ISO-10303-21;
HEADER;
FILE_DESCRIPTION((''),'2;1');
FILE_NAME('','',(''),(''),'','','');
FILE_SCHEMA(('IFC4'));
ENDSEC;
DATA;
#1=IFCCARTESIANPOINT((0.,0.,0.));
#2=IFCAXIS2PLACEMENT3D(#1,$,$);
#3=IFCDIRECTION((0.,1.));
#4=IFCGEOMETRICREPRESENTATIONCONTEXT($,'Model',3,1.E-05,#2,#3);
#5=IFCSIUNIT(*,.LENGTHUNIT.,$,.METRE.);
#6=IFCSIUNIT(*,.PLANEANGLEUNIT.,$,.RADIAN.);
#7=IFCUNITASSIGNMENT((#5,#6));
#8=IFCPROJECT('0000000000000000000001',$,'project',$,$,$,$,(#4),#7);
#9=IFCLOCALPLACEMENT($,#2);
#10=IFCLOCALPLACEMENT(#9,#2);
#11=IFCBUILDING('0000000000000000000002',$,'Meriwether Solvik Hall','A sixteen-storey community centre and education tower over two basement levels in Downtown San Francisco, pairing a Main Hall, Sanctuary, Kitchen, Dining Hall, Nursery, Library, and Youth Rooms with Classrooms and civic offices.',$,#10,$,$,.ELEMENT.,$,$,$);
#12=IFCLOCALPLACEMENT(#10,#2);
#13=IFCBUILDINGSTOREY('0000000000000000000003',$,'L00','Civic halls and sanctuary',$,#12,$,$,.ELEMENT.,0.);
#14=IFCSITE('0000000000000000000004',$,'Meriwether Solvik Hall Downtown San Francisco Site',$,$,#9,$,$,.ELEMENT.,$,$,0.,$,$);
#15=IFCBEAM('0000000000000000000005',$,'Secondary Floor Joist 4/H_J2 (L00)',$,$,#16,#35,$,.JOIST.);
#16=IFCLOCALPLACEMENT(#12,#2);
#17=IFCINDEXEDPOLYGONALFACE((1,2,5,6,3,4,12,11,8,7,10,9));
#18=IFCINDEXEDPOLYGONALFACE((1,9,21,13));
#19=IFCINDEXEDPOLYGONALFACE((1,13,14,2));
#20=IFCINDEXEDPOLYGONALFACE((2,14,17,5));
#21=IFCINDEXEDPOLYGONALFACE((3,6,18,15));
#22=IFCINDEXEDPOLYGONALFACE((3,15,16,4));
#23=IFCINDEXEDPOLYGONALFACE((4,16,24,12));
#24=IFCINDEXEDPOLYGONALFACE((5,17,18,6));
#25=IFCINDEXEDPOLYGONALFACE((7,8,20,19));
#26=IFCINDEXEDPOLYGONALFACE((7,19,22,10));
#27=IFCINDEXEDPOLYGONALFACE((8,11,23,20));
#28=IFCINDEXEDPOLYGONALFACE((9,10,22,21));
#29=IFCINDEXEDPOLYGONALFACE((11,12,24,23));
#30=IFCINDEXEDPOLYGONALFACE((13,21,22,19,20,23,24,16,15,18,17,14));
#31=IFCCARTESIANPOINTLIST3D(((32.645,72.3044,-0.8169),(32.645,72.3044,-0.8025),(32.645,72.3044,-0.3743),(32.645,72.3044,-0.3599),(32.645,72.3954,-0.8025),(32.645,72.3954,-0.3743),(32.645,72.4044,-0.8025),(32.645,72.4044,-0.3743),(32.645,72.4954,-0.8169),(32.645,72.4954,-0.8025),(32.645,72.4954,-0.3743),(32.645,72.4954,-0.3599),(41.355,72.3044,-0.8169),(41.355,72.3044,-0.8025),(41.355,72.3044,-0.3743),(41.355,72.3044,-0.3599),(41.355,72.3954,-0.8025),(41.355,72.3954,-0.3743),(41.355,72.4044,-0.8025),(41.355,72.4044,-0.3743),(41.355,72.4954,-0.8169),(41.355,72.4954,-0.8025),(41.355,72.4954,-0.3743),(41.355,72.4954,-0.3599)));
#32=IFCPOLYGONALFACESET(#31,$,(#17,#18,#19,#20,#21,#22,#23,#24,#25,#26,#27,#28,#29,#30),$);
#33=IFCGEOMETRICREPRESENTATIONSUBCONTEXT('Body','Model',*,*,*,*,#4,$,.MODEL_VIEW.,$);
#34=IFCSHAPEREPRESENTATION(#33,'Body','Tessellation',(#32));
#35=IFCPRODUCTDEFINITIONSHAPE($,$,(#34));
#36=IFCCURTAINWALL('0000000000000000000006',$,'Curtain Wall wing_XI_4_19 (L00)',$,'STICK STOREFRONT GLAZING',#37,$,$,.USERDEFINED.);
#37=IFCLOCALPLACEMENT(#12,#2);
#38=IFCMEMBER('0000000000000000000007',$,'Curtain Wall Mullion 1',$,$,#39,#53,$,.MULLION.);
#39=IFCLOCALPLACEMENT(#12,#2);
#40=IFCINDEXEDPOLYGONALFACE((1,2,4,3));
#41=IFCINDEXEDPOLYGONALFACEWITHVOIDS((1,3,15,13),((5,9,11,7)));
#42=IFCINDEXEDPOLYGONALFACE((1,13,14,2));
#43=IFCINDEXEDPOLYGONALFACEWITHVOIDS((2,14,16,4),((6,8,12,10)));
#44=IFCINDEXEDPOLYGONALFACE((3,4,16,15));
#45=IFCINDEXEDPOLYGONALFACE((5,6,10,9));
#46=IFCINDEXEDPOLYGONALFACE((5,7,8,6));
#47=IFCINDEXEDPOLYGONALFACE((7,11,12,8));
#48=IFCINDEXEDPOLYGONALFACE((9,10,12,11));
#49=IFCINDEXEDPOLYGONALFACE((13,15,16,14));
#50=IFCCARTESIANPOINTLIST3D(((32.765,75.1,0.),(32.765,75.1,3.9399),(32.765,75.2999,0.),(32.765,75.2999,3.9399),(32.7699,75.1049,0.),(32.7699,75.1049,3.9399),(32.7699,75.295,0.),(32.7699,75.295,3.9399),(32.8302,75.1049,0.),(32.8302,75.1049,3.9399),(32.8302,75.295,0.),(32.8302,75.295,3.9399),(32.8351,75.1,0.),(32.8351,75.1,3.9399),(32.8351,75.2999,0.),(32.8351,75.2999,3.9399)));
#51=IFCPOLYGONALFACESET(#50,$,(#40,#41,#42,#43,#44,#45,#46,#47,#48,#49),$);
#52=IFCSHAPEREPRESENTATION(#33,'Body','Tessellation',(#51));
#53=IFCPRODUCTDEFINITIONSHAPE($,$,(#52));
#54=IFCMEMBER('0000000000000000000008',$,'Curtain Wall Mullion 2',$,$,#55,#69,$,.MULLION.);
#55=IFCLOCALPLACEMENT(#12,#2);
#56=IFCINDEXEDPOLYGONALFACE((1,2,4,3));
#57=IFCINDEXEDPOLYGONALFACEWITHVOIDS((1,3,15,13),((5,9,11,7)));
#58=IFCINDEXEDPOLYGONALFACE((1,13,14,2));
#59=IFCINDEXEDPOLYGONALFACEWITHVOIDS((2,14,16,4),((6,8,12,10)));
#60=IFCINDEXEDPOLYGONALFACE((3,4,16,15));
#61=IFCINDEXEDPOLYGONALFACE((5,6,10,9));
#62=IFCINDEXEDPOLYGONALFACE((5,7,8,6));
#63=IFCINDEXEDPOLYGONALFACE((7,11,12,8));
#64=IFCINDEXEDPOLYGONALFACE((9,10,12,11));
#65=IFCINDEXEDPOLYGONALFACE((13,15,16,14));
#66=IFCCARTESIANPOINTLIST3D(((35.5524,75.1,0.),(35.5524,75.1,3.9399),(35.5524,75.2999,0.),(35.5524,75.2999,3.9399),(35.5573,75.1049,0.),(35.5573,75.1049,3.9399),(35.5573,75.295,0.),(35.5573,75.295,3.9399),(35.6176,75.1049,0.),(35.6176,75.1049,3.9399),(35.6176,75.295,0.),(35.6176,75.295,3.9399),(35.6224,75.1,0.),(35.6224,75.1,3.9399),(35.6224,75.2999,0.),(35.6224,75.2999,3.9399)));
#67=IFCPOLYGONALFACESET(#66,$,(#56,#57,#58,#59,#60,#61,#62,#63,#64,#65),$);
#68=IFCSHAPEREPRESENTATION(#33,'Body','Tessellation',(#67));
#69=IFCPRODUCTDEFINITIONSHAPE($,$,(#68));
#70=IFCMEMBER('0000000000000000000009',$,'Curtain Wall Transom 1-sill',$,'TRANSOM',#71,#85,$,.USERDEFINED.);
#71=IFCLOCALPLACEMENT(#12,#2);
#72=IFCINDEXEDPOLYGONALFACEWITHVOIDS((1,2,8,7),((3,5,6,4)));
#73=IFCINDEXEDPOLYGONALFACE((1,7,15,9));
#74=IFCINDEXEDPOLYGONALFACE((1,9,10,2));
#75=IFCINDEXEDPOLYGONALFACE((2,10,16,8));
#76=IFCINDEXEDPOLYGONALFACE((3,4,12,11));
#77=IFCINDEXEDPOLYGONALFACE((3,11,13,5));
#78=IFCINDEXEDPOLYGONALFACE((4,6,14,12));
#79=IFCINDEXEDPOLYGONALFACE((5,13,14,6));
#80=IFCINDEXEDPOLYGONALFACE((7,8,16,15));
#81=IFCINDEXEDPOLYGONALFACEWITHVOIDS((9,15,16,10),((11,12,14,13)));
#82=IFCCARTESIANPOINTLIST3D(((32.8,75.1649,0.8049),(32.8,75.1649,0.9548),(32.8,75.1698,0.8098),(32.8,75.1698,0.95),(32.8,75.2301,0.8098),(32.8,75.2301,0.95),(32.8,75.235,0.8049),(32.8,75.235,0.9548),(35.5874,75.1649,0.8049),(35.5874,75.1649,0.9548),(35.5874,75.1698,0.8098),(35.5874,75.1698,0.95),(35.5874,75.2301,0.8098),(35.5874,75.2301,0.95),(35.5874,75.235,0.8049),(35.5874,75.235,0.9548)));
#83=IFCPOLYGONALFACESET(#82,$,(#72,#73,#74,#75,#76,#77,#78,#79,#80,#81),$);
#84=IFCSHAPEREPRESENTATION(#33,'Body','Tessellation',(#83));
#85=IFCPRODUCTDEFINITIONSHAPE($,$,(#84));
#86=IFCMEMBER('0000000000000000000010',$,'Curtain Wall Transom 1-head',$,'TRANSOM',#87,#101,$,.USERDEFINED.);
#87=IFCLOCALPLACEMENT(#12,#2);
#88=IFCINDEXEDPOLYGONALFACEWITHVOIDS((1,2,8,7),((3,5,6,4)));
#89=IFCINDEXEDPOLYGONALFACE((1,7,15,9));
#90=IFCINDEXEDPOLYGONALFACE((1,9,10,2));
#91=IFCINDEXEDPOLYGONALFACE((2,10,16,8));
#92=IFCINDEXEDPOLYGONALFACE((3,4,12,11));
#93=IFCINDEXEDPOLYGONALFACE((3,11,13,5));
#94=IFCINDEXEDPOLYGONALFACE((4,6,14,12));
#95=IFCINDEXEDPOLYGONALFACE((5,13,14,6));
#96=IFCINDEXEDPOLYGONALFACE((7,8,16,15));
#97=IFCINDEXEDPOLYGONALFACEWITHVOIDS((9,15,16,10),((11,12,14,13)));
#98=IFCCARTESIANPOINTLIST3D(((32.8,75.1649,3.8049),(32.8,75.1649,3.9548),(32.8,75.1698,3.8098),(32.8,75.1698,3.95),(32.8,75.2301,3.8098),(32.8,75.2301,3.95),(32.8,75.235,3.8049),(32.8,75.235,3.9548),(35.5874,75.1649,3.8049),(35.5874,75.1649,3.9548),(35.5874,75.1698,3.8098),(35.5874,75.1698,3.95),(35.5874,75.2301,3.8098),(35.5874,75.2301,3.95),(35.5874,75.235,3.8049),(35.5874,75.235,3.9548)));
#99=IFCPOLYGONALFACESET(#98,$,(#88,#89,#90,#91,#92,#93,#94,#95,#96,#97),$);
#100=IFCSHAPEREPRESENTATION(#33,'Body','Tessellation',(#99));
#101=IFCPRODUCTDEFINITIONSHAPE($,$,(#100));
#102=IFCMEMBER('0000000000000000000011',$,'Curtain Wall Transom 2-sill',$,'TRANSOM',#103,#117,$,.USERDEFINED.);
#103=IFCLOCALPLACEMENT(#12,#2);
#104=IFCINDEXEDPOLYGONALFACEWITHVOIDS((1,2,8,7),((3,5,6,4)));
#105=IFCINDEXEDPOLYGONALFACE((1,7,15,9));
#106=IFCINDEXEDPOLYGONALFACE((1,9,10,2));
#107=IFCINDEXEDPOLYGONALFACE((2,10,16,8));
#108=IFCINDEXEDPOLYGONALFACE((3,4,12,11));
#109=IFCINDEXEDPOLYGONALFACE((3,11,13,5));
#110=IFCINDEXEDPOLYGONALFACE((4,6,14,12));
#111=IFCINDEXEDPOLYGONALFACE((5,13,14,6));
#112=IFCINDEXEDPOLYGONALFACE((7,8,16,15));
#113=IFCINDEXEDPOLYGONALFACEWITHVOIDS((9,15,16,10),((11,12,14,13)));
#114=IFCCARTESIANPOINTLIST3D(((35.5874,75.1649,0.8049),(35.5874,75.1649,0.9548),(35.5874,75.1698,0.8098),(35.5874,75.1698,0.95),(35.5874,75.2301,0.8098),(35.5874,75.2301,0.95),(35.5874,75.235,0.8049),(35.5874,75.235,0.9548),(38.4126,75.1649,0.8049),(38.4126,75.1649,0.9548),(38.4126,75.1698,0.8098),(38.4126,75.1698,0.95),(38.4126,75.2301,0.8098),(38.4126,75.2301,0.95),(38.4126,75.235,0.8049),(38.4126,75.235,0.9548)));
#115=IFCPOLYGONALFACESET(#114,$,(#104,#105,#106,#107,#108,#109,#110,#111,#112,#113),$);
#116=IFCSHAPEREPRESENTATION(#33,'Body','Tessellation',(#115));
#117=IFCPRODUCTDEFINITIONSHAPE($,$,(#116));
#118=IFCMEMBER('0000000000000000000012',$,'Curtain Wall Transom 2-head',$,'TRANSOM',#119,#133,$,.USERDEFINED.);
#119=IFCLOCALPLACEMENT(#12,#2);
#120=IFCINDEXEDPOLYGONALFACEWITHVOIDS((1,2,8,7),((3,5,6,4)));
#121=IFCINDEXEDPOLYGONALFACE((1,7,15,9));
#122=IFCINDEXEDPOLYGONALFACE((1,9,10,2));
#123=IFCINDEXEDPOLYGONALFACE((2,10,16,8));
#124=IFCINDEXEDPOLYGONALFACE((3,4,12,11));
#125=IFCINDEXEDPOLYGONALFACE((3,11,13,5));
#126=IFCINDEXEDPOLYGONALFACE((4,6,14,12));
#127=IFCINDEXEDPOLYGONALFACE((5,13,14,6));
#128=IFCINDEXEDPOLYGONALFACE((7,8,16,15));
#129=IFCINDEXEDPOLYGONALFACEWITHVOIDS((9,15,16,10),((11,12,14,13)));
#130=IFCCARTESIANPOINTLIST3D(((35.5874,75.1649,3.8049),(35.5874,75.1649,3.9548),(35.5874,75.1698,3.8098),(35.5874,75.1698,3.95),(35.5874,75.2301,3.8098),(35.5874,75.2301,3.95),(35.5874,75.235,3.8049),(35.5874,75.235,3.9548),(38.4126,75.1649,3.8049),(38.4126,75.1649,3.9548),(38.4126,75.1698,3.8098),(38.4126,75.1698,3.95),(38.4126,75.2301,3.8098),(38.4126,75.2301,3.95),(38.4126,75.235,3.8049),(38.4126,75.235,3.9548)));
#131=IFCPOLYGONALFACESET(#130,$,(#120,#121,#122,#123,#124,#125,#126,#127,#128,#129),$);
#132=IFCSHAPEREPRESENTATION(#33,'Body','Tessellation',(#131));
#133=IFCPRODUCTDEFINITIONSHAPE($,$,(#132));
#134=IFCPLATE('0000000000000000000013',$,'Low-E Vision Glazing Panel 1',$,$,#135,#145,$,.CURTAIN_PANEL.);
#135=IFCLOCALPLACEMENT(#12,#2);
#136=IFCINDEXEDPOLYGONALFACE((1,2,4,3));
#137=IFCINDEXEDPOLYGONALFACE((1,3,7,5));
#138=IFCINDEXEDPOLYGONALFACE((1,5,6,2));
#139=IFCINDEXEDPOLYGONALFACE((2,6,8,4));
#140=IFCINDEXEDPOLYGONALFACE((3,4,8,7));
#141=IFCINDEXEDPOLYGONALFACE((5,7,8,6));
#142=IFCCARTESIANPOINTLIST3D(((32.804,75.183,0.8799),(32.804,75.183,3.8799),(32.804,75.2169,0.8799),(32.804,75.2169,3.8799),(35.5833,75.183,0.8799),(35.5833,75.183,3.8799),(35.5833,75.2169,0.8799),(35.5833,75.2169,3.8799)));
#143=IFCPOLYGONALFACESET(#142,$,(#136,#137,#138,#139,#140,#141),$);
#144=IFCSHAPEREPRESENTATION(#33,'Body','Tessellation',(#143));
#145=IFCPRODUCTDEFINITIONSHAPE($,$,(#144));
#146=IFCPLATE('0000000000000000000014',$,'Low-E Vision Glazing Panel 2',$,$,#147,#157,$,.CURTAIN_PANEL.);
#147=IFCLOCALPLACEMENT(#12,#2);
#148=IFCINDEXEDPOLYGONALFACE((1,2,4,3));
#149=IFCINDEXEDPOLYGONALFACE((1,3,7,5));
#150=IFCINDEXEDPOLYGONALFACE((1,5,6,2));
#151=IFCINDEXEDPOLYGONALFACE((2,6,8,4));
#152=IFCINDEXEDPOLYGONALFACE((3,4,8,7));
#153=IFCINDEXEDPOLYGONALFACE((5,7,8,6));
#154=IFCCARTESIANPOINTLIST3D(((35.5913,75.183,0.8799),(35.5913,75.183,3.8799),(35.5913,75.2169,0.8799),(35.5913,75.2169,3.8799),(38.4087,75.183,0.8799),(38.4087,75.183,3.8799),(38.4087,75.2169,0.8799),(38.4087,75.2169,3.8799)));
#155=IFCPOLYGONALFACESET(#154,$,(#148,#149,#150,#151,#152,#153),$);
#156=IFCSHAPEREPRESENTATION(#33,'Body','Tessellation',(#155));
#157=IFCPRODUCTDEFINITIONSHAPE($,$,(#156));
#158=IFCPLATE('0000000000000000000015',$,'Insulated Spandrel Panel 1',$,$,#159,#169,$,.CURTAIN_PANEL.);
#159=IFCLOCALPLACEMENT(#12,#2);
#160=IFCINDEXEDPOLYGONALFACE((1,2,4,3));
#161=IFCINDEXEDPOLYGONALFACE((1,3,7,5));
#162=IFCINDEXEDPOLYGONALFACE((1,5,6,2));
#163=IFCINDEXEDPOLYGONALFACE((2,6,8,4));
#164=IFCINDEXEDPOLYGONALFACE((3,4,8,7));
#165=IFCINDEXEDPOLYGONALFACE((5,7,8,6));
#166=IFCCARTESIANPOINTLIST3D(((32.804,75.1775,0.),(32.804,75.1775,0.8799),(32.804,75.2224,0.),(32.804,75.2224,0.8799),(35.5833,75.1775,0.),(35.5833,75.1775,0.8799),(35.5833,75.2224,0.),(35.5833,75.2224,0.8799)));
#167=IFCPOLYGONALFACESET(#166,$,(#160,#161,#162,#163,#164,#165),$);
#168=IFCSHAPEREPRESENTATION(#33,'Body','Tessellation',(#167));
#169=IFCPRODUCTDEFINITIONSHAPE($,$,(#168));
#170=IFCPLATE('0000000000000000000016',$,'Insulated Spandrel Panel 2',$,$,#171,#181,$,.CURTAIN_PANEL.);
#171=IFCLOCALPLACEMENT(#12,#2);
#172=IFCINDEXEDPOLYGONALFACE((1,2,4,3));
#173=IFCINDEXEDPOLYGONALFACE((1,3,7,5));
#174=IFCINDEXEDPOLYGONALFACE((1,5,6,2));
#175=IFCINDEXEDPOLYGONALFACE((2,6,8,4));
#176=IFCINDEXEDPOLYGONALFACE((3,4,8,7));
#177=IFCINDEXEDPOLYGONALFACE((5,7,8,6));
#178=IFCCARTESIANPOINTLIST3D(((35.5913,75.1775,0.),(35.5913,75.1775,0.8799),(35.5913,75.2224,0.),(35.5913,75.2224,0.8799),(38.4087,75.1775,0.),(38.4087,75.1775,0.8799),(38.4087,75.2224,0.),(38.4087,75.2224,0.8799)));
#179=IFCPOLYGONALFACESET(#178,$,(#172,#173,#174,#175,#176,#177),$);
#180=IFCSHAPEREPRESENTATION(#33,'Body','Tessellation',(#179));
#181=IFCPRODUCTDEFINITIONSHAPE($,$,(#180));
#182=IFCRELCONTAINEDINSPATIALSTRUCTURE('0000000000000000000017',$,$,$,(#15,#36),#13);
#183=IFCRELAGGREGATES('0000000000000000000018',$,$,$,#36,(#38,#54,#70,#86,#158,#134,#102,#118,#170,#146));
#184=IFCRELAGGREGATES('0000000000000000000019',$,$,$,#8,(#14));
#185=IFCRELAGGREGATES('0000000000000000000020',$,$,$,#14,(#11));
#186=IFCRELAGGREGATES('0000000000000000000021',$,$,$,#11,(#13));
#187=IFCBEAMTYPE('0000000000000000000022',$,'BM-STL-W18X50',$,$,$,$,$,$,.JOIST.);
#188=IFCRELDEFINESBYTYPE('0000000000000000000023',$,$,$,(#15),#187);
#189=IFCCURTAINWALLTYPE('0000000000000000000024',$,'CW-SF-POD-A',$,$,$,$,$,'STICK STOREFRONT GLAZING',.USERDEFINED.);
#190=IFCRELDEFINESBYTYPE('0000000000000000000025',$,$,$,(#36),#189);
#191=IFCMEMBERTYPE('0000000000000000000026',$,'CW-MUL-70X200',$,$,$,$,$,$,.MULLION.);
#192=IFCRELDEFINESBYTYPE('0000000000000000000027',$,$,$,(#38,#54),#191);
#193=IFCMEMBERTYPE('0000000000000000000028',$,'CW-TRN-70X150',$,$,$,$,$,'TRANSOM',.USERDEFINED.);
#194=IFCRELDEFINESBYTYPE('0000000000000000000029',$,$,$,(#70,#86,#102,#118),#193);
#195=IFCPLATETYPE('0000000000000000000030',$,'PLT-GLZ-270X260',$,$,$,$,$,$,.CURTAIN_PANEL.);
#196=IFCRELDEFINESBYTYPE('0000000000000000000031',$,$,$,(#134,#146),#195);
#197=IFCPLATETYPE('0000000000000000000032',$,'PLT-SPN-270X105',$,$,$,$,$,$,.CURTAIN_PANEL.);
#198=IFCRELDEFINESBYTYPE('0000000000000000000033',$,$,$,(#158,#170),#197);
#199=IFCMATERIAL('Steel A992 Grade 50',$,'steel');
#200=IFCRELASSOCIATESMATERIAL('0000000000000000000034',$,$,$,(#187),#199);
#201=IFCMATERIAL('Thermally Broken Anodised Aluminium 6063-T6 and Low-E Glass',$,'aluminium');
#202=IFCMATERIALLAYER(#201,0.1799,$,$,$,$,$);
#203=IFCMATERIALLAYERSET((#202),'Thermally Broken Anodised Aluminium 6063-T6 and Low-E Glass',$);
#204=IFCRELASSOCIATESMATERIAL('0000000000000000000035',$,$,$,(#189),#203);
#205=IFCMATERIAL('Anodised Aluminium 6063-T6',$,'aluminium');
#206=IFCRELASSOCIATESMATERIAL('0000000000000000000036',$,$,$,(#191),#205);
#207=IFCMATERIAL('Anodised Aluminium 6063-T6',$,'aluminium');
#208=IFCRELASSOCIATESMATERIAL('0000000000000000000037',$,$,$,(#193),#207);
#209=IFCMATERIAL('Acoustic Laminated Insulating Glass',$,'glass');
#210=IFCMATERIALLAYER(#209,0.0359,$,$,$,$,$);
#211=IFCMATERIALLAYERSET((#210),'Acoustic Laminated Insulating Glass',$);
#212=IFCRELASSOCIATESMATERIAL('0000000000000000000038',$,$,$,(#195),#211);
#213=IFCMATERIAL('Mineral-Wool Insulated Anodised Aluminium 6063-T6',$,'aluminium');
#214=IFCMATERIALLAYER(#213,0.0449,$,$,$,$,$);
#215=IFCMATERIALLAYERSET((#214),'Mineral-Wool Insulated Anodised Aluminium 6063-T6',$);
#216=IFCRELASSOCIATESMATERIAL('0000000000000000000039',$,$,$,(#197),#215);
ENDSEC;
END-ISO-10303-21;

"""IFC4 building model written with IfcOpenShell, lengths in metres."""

from ifc_helpers import new_model, si_unit, direction, frame, origin, origin_2d, place, context, subcontext, project, spatial, rectangle, hollow_rectangle, i_section, extrude, material, layer, layer_set, material_profile, profile_set, type_object, element, aggregate, save


model = new_model("IFC4")

# Units and contexts
model_context = context("Model", 3, precision=1e-05, world=origin(), true_north=direction((0.0, 1.0)))
body_context = subcontext(model_context, "Body", "Model", "MODEL_VIEW")
ifc_project = project(units=[si_unit("LENGTHUNIT", "METRE"), si_unit("PLANEANGLEUNIT", "RADIAN")], contexts=[model_context])

# Site, building, storey
site_placement = place(None, origin())
site = spatial("IfcSite", under=ifc_project, at=site_placement, Name="Meriwether Solvik Hall Downtown San Francisco Site", CompositionType="ELEMENT", RefElevation=0.0)
building_placement = place(site_placement, origin())
building = spatial("IfcBuilding", under=site, at=building_placement, Name="Meriwether Solvik Hall", Description="A sixteen-storey community centre and education tower over two basement levels in Downtown San Francisco, pairing a Main Hall, Sanctuary, Kitchen, Dining Hall, Nursery, Library, and Youth Rooms with Classrooms and civic offices.", CompositionType="ELEMENT")
storey_placement = place(building_placement, origin())
storey = spatial("IfcBuildingStorey", under=building, at=storey_placement, Name="L00", Description="Civic halls and sanctuary", CompositionType="ELEMENT", Elevation=0.0)

# Beam
ifc_material_1 = material(Name="Steel A992 Grade 50", Category="steel")
ifc_material_profile_1 = material_profile(ifc_material_1, i_section(OverallWidth=0.1909, OverallDepth=0.457, WebThickness=0.009, FlangeThickness=0.0144, at=origin_2d()), Name="W18X50")
ifc_profile_set_1 = profile_set([ifc_material_profile_1], Name="Steel A992 Grade 50")
beam_type_1 = type_object("IfcBeamType", Name="BM-STL-W18X50", PredefinedType="JOIST", material=ifc_profile_set_1)
beam_1_placement = place(storey_placement, frame((32.645, 72.3999, -0.5884), z_axis=(1.0, 0.0, 0.0), x_axis=(0.0, 1.0, 0.0)))
element("IfcBeam", 1, at=beam_1_placement, inside=storey, type_object=beam_type_1, Name="Secondary Floor Joist 4/H_J2 (L00)", PredefinedType="JOIST", context=body_context, shape_type="SweptSolid", body=[
    extrude(i_section(OverallWidth=0.1909, OverallDepth=0.457, WebThickness=0.009, FlangeThickness=0.0144, at=origin_2d()), origin(), (0.0, 0.0, 1.0), 8.71),
])

# Curtain wall, members, plates
ifc_material_2 = material(Name="Thermally Broken Anodised Aluminium 6063-T6 and Low-E Glass", Category="aluminium")
ifc_layer_1 = layer(ifc_material_2, 0.1799)
ifc_layer_set_1 = layer_set([ifc_layer_1], Name="Thermally Broken Anodised Aluminium 6063-T6 and Low-E Glass")
curtain_wall_type = type_object("IfcCurtainWallType", Name="CW-SF-POD-A", ElementType="STICK STOREFRONT GLAZING", PredefinedType="USERDEFINED", material=ifc_layer_set_1)
curtain_wall_placement = place(storey_placement, origin())
curtain_wall = element("IfcCurtainWall", 2, at=curtain_wall_placement, inside=storey, type_object=curtain_wall_type, Name="Curtain Wall wing_XI_4_19 (L00)", ObjectType="STICK STOREFRONT GLAZING", PredefinedType="USERDEFINED")
ifc_material_3 = material(Name="Anodised Aluminium 6063-T6", Category="aluminium")
ifc_material_profile_2 = material_profile(ifc_material_3, hollow_rectangle(XDim=0.0701, YDim=0.2, WallThickness=0.0049, at=origin_2d()), Name="CWM-70X200")
ifc_profile_set_2 = profile_set([ifc_material_profile_2], Name="Anodised Aluminium 6063-T6")
member_type_1 = type_object("IfcMemberType", Name="CW-MUL-70X200", PredefinedType="MULLION", material=ifc_profile_set_2)
member_1_placement = place(storey_placement, frame((32.8, 75.2, 0.0), z_axis=(0.0, 0.0, 1.0), x_axis=(1.0, 0.0, 0.0)))
member_1 = element("IfcMember", 3, at=member_1_placement, type_object=member_type_1, Name="Curtain Wall Mullion 1", PredefinedType="MULLION", context=body_context, shape_type="SweptSolid", body=[
    extrude(hollow_rectangle(XDim=0.0701, YDim=0.2, WallThickness=0.0049, at=origin_2d()), origin(), (0.0, 0.0, 1.0), 3.9399),
])
member_2_placement = place(storey_placement, frame((35.5874, 75.2, 0.0), z_axis=(0.0, 0.0, 1.0), x_axis=(1.0, 0.0, 0.0)))
member_2 = element("IfcMember", 4, at=member_2_placement, type_object=member_type_1, Name="Curtain Wall Mullion 2", PredefinedType="MULLION", context=body_context, shape_type="SweptSolid", body=[
    extrude(hollow_rectangle(XDim=0.0701, YDim=0.2, WallThickness=0.0049, at=origin_2d()), origin(), (0.0, 0.0, 1.0), 3.9399),
])
ifc_material_4 = material(Name="Anodised Aluminium 6063-T6", Category="aluminium")
ifc_material_profile_3 = material_profile(ifc_material_4, hollow_rectangle(XDim=0.0701, YDim=0.1499, WallThickness=0.0049, at=origin_2d()), Name="CWT-70X150")
ifc_profile_set_3 = profile_set([ifc_material_profile_3], Name="Anodised Aluminium 6063-T6")
member_type_2 = type_object("IfcMemberType", Name="CW-TRN-70X150", ElementType="TRANSOM", PredefinedType="USERDEFINED", material=ifc_profile_set_3)
member_3_placement = place(storey_placement, frame((32.8, 75.2, 0.8799), z_axis=(1.0, 0.0, 0.0), x_axis=(0.0, 1.0, 0.0)))
member_3 = element("IfcMember", 5, at=member_3_placement, type_object=member_type_2, Name="Curtain Wall Transom 1-sill", ObjectType="TRANSOM", PredefinedType="USERDEFINED", context=body_context, shape_type="SweptSolid", body=[
    extrude(hollow_rectangle(XDim=0.0701, YDim=0.1499, WallThickness=0.0049, at=origin_2d()), origin(), (0.0, 0.0, 1.0), 2.7874),
])
member_4_placement = place(storey_placement, frame((32.8, 75.2, 3.8799), z_axis=(1.0, 0.0, 0.0), x_axis=(0.0, 1.0, 0.0)))
member_4 = element("IfcMember", 6, at=member_4_placement, type_object=member_type_2, Name="Curtain Wall Transom 1-head", ObjectType="TRANSOM", PredefinedType="USERDEFINED", context=body_context, shape_type="SweptSolid", body=[
    extrude(hollow_rectangle(XDim=0.0701, YDim=0.1499, WallThickness=0.0049, at=origin_2d()), origin(), (0.0, 0.0, 1.0), 2.7874),
])
member_5_placement = place(storey_placement, frame((35.5874, 75.2, 0.8799), z_axis=(1.0, 0.0, 0.0), x_axis=(0.0, 1.0, 0.0)))
member_5 = element("IfcMember", 7, at=member_5_placement, type_object=member_type_2, Name="Curtain Wall Transom 2-sill", ObjectType="TRANSOM", PredefinedType="USERDEFINED", context=body_context, shape_type="SweptSolid", body=[
    extrude(hollow_rectangle(XDim=0.0701, YDim=0.1499, WallThickness=0.0049, at=origin_2d()), origin(), (0.0, 0.0, 1.0), 2.8252),
])
member_6_placement = place(storey_placement, frame((35.5874, 75.2, 3.8799), z_axis=(1.0, 0.0, 0.0), x_axis=(0.0, 1.0, 0.0)))
member_6 = element("IfcMember", 8, at=member_6_placement, type_object=member_type_2, Name="Curtain Wall Transom 2-head", ObjectType="TRANSOM", PredefinedType="USERDEFINED", context=body_context, shape_type="SweptSolid", body=[
    extrude(hollow_rectangle(XDim=0.0701, YDim=0.1499, WallThickness=0.0049, at=origin_2d()), origin(), (0.0, 0.0, 1.0), 2.8252),
])
ifc_material_5 = material(Name="Acoustic Laminated Insulating Glass", Category="glass")
ifc_layer_2 = layer(ifc_material_5, 0.0359)
ifc_layer_set_2 = layer_set([ifc_layer_2], Name="Acoustic Laminated Insulating Glass")
plate_type_1 = type_object("IfcPlateType", Name="PLT-GLZ-270X260", PredefinedType="CURTAIN_PANEL", material=ifc_layer_set_2)
plate_1_placement = place(storey_placement, frame((34.1936, 75.2, 0.8799), z_axis=(0.0, 0.0, 1.0), x_axis=(1.0, 0.0, 0.0)))
plate_1 = element("IfcPlate", 9, at=plate_1_placement, type_object=plate_type_1, Name="Low-E Vision Glazing Panel 1", PredefinedType="CURTAIN_PANEL", context=body_context, shape_type="SweptSolid", body=[
    extrude(rectangle(XDim=2.7793, YDim=0.0339, at=origin_2d()), origin(), (0.0, 0.0, 1.0), 3.0),
])
plate_2_placement = place(storey_placement, frame((37.0, 75.2, 0.8799), z_axis=(0.0, 0.0, 1.0), x_axis=(1.0, 0.0, 0.0)))
plate_2 = element("IfcPlate", 10, at=plate_2_placement, type_object=plate_type_1, Name="Low-E Vision Glazing Panel 2", PredefinedType="CURTAIN_PANEL", context=body_context, shape_type="SweptSolid", body=[
    extrude(rectangle(XDim=2.8174, YDim=0.0339, at=origin_2d()), origin(), (0.0, 0.0, 1.0), 3.0),
])
ifc_material_6 = material(Name="Mineral-Wool Insulated Anodised Aluminium 6063-T6", Category="aluminium")
ifc_layer_3 = layer(ifc_material_6, 0.0449)
ifc_layer_set_3 = layer_set([ifc_layer_3], Name="Mineral-Wool Insulated Anodised Aluminium 6063-T6")
plate_type_2 = type_object("IfcPlateType", Name="PLT-SPN-270X105", PredefinedType="CURTAIN_PANEL", material=ifc_layer_set_3)
plate_3_placement = place(storey_placement, frame((34.1936, 75.2, 0.0), z_axis=(0.0, 0.0, 1.0), x_axis=(1.0, 0.0, 0.0)))
plate_3 = element("IfcPlate", 11, at=plate_3_placement, type_object=plate_type_2, Name="Insulated Spandrel Panel 1", PredefinedType="CURTAIN_PANEL", context=body_context, shape_type="SweptSolid", body=[
    extrude(rectangle(XDim=2.7793, YDim=0.0449, at=origin_2d()), origin(), (0.0, 0.0, 1.0), 0.8799),
])
plate_4_placement = place(storey_placement, frame((37.0, 75.2, 0.0), z_axis=(0.0, 0.0, 1.0), x_axis=(1.0, 0.0, 0.0)))
plate_4 = element("IfcPlate", 12, at=plate_4_placement, type_object=plate_type_2, Name="Insulated Spandrel Panel 2", PredefinedType="CURTAIN_PANEL", context=body_context, shape_type="SweptSolid", body=[
    extrude(rectangle(XDim=2.8174, YDim=0.0449, at=origin_2d()), origin(), (0.0, 0.0, 1.0), 0.8799),
])
aggregate(curtain_wall, [member_1, member_2, member_3, member_4, plate_3, plate_1, member_5, member_6, plate_4, plate_2])

save(model, "model.ifc")
